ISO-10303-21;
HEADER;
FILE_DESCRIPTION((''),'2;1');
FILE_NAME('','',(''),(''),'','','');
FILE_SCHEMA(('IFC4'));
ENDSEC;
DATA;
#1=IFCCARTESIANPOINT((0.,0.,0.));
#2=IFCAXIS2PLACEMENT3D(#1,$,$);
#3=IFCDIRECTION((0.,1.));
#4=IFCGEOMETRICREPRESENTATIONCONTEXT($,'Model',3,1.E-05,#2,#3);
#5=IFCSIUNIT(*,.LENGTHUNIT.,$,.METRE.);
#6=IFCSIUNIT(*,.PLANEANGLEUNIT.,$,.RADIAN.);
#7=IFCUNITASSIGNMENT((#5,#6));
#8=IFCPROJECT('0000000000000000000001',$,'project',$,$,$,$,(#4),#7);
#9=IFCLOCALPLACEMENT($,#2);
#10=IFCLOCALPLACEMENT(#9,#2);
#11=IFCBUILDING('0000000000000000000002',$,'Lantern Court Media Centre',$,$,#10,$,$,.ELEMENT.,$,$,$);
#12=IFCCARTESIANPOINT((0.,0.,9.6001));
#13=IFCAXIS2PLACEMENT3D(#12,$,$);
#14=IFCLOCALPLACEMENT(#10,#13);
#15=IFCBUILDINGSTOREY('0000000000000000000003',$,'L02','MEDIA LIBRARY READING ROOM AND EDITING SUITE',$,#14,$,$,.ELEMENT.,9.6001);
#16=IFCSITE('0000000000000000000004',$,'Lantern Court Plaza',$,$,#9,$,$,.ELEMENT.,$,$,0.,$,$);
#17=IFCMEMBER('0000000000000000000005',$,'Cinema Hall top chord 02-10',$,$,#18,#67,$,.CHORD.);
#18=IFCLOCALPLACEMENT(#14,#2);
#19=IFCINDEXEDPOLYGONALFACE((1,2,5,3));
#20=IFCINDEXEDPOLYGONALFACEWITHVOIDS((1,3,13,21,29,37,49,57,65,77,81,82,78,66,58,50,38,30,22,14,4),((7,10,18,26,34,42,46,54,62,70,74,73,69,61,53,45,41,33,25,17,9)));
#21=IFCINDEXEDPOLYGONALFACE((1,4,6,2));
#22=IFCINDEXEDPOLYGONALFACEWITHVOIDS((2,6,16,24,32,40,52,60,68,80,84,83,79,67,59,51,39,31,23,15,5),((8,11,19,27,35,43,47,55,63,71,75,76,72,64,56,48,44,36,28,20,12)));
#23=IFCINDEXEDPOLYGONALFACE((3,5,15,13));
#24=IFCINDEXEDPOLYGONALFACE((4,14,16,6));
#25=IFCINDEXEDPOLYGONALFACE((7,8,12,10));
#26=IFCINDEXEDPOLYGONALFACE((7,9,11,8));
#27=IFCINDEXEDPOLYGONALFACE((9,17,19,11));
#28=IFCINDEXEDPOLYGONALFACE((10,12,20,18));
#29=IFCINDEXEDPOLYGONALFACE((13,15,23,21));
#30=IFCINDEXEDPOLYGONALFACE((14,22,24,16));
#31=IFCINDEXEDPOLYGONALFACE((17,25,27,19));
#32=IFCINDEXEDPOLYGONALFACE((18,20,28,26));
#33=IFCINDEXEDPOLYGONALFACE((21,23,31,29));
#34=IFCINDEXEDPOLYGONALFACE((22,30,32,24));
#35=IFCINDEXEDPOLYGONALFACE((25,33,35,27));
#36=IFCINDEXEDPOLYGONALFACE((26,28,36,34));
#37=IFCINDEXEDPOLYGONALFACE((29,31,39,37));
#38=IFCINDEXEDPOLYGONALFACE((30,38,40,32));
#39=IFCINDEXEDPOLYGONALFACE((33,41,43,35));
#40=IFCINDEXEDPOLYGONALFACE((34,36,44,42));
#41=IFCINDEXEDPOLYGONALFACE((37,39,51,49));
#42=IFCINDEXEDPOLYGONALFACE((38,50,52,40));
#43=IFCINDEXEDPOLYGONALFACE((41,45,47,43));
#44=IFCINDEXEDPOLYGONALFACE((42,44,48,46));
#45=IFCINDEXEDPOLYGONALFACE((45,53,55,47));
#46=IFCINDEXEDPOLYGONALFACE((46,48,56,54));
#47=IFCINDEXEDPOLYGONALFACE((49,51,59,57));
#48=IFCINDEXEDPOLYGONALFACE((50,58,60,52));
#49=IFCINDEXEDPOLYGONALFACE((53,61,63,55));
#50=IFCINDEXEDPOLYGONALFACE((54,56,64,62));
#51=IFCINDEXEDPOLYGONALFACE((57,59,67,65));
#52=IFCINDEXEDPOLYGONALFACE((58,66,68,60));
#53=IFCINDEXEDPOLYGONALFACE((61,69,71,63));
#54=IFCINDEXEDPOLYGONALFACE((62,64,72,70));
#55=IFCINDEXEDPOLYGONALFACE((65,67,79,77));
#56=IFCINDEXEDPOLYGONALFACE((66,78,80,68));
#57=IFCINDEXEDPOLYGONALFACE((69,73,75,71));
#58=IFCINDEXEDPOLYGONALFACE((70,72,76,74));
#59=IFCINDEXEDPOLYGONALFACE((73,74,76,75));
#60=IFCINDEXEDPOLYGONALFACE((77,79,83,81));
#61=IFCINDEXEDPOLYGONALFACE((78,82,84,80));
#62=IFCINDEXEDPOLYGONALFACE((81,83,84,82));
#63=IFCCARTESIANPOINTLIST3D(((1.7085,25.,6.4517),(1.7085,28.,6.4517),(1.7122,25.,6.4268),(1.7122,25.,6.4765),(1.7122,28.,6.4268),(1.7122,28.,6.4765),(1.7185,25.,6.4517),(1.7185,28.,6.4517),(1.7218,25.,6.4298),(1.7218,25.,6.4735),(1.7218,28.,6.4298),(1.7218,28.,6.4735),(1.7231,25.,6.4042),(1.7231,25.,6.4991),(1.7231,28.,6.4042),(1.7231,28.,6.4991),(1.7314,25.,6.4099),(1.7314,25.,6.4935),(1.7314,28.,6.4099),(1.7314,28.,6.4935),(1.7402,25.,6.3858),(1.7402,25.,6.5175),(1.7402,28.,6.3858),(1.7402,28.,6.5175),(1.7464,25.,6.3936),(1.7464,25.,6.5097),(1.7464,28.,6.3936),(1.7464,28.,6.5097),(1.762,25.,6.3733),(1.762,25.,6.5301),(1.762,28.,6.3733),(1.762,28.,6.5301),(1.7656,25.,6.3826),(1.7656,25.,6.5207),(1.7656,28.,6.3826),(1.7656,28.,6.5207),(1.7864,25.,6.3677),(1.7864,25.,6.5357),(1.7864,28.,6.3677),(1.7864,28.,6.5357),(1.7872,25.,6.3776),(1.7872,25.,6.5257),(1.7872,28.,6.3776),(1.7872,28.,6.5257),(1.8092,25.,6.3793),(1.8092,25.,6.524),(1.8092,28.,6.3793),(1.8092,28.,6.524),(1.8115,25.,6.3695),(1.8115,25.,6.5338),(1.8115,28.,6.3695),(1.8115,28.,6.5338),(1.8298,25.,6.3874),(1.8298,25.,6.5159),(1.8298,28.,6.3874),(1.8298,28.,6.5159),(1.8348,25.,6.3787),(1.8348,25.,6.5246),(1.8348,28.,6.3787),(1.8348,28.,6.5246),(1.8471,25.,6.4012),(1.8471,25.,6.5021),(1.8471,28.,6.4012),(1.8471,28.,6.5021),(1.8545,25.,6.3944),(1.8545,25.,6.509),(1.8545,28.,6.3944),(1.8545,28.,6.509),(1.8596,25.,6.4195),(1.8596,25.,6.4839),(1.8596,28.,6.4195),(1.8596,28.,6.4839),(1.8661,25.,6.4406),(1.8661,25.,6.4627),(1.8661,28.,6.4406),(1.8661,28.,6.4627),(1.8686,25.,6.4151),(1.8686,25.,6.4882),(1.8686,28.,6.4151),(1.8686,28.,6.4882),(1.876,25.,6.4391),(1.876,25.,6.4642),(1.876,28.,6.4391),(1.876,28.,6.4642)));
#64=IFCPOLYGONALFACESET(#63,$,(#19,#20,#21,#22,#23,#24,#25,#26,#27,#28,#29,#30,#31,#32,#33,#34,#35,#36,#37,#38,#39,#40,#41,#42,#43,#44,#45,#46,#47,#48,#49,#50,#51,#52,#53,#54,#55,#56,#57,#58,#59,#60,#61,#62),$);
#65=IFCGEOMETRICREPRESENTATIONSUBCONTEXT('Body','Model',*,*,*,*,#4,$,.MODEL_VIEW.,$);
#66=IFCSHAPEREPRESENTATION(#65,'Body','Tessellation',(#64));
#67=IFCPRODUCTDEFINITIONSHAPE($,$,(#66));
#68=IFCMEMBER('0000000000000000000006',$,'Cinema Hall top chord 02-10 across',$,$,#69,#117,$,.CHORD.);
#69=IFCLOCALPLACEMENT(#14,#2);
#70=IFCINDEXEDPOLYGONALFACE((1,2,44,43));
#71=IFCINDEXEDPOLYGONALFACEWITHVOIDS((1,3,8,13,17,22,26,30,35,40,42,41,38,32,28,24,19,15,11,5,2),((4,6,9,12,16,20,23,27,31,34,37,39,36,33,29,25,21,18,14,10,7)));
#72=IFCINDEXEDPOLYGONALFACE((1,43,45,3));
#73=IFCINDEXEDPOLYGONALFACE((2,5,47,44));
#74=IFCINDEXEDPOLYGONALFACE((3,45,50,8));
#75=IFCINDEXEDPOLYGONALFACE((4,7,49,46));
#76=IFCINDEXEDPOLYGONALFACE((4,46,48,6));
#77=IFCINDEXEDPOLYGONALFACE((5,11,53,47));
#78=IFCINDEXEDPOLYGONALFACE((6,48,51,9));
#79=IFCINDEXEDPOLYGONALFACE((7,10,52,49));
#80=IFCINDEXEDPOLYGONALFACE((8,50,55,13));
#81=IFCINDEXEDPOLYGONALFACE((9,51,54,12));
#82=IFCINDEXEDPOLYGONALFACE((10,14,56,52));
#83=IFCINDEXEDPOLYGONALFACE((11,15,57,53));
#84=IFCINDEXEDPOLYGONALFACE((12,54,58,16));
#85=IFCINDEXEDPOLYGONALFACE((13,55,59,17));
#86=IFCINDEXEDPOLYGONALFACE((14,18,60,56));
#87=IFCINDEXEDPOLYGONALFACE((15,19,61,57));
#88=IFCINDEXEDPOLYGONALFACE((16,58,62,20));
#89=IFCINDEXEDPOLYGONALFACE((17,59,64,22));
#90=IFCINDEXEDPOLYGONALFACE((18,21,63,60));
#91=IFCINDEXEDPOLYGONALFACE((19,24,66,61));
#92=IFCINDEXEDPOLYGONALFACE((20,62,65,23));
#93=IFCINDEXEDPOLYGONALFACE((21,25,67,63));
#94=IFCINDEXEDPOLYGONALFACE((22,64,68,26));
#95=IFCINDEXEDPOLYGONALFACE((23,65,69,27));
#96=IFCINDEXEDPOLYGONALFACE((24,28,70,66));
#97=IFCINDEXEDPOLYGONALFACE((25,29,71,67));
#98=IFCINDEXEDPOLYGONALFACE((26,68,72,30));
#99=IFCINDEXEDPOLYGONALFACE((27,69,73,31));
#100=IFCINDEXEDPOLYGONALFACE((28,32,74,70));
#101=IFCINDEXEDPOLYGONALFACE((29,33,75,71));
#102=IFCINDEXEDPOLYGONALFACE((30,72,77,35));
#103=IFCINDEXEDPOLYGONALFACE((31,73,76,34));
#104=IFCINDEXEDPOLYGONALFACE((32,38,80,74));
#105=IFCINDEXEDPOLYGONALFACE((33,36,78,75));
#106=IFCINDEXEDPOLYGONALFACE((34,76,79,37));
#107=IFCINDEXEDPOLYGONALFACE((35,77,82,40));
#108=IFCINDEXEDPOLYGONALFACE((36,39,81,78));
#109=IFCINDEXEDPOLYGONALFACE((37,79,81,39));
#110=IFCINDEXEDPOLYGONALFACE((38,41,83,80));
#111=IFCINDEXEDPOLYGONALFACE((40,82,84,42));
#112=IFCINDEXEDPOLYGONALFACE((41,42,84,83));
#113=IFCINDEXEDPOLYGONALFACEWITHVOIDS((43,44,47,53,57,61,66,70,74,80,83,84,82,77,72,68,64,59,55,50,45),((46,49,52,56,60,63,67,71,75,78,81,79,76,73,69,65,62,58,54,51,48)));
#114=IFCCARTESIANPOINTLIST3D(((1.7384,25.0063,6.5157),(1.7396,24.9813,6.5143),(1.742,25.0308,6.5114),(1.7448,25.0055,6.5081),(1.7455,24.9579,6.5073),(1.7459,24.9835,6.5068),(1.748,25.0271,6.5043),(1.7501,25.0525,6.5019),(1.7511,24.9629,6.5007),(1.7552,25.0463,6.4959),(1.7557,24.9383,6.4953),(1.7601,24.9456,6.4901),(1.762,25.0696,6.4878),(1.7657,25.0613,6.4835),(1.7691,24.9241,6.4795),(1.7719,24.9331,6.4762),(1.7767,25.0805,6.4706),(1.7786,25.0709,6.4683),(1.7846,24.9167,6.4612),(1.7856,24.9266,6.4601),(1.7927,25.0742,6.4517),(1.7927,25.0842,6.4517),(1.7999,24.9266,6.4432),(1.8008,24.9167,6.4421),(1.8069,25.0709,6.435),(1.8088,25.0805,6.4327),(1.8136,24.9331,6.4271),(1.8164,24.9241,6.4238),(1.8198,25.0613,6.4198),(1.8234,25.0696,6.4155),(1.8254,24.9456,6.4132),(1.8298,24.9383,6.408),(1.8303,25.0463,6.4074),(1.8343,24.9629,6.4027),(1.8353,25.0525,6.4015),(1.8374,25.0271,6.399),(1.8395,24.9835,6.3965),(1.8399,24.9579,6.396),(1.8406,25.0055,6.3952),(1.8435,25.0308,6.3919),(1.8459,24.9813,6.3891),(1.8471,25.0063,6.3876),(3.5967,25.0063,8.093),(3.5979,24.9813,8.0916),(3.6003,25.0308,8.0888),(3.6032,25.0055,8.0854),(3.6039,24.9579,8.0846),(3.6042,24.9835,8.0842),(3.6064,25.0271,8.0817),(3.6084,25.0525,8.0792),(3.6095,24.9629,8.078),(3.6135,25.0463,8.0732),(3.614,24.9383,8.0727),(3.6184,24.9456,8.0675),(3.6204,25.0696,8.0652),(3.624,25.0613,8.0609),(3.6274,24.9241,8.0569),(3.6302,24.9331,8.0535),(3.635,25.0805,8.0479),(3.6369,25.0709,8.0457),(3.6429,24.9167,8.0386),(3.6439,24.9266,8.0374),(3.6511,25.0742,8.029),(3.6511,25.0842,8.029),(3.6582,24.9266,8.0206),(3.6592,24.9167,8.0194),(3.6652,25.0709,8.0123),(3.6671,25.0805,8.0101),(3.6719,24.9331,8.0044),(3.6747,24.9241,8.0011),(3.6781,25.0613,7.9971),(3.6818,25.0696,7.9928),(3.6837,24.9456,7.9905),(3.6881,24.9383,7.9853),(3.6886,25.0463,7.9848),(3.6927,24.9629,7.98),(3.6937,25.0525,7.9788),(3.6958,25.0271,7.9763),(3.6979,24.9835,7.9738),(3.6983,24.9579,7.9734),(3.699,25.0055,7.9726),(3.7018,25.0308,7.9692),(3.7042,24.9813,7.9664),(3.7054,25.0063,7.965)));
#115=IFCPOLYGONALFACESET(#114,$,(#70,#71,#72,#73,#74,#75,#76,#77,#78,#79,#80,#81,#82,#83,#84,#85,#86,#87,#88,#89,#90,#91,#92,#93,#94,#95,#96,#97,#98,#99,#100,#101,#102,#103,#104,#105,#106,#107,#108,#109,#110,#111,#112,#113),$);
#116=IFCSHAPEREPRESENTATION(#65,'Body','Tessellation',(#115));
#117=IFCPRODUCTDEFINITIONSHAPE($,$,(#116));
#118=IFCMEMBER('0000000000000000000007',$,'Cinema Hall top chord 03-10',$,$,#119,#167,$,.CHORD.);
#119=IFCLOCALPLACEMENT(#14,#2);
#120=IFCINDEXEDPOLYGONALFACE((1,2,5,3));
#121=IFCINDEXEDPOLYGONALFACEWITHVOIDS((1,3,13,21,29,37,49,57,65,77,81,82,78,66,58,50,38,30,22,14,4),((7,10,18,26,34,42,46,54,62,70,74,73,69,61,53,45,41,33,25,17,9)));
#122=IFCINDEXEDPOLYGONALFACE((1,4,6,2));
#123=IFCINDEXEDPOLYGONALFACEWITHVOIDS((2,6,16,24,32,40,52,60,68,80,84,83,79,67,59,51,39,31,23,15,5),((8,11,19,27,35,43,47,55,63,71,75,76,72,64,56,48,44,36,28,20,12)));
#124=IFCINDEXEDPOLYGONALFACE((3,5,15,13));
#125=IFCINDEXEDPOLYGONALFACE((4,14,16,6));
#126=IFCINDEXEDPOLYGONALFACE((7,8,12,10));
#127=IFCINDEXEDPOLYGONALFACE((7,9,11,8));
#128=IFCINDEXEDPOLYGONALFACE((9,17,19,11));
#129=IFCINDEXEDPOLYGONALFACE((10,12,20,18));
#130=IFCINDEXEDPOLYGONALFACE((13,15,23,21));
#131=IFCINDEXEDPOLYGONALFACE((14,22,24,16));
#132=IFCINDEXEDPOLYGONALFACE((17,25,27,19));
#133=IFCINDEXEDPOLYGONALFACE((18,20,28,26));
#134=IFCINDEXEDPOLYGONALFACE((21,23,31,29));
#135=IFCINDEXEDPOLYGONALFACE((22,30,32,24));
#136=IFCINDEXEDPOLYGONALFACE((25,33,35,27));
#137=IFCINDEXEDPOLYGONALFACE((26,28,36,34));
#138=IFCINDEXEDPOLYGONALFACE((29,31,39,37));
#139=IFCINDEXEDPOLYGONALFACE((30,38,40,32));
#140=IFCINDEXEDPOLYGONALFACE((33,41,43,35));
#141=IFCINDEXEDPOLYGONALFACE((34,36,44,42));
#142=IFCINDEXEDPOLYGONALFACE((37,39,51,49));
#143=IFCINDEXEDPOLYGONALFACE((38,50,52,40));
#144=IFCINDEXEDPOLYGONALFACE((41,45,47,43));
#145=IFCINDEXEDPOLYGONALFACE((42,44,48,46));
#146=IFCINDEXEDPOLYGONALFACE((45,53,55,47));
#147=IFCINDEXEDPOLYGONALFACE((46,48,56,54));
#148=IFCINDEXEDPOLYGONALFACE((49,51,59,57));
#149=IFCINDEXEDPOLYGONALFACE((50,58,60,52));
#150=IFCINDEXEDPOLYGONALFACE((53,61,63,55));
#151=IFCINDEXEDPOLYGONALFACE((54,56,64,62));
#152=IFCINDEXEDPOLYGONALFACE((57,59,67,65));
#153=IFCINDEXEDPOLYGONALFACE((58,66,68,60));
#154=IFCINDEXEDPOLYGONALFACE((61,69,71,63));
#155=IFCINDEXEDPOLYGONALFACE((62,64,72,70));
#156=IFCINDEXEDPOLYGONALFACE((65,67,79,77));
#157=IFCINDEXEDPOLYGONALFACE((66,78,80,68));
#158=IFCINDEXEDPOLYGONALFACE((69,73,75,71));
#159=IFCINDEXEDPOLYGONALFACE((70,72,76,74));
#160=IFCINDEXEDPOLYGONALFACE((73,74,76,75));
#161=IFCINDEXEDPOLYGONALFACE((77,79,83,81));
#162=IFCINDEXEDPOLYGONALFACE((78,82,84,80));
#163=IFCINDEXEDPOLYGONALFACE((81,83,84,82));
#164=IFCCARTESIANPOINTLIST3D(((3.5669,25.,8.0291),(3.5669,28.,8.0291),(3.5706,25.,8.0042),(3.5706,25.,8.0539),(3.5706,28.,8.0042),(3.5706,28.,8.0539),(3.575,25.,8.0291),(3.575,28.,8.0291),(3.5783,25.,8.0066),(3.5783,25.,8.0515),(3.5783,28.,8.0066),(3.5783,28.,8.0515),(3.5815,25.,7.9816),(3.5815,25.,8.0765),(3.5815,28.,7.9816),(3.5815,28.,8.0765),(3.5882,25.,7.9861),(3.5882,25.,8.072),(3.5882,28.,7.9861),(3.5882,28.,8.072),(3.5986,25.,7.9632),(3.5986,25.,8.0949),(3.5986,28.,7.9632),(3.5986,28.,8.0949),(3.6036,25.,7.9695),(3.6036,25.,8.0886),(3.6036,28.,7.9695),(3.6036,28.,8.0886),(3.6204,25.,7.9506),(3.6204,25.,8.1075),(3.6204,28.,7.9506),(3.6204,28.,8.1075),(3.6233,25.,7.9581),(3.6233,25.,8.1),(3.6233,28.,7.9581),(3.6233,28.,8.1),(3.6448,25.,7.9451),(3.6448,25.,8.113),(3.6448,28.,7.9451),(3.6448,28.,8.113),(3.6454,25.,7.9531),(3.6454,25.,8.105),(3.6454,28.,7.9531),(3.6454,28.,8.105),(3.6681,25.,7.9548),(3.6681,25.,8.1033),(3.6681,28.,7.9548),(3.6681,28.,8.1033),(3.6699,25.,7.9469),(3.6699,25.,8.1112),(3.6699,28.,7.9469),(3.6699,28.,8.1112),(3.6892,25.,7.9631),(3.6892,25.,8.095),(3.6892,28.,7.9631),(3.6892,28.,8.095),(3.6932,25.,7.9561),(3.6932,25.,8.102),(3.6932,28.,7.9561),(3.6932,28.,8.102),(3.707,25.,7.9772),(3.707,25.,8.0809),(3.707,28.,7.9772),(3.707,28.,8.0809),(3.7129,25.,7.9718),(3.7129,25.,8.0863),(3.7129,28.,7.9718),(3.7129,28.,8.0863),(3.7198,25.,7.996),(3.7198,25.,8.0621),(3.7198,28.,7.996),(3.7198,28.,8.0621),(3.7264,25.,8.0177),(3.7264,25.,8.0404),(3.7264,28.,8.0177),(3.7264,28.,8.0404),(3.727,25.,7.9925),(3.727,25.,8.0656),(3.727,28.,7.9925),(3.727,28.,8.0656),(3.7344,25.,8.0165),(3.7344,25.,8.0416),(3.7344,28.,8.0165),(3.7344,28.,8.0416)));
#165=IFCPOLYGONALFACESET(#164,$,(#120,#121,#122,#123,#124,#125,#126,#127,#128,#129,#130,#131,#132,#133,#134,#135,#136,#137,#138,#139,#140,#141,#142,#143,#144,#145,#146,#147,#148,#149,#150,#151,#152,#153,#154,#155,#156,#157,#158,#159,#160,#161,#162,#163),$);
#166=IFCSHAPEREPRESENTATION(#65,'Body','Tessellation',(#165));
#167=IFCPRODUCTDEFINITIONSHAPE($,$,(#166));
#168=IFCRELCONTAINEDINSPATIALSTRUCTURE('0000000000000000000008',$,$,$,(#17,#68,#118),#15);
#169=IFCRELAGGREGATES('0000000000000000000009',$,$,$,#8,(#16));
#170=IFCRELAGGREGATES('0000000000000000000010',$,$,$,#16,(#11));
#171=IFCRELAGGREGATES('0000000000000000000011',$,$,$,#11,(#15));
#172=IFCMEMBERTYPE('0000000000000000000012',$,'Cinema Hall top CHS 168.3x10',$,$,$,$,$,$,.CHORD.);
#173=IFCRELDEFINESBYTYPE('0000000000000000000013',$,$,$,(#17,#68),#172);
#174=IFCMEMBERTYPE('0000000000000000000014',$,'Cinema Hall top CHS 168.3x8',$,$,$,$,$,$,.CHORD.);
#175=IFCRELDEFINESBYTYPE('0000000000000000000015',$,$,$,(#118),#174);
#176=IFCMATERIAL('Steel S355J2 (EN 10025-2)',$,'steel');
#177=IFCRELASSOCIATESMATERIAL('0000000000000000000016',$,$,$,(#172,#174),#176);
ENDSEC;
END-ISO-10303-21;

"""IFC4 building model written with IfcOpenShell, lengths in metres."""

from ifc_helpers import new_model, si_unit, direction, frame, origin, origin_2d, place, context, subcontext, project, spatial, hollow_circle, extrude, material, material_profile, profile_set, type_object, element, save


model = new_model("IFC4")

# Units and contexts
model_context = context("Model", 3, precision=1e-05, world=origin(), true_north=direction((0.0, 1.0)))
body_context = subcontext(model_context, "Body", "Model", "MODEL_VIEW")
ifc_project = project(units=[si_unit("LENGTHUNIT", "METRE"), si_unit("PLANEANGLEUNIT", "RADIAN")], contexts=[model_context])

# Site, building, storey
site_placement = place(None, origin())
site = spatial("IfcSite", under=ifc_project, at=site_placement, Name="Lantern Court Plaza", CompositionType="ELEMENT", RefElevation=0.0)
building_placement = place(site_placement, origin())
building = spatial("IfcBuilding", under=site, at=building_placement, Name="Lantern Court Media Centre", CompositionType="ELEMENT")
storey_placement = place(building_placement, frame((0.0, 0.0, 9.6001)))
storey = spatial("IfcBuildingStorey", under=building, at=storey_placement, Name="L02", Description="MEDIA LIBRARY READING ROOM AND EDITING SUITE", CompositionType="ELEMENT", Elevation=9.6001)

# Members
ifc_material = material(Name="Steel S355J2 (EN 10025-2)", Category="steel")
ifc_material_profile_1 = material_profile(ifc_material, hollow_circle(Radius=0.0842, WallThickness=0.01, at=origin_2d()), Name="Cinema Hall top CHS 168.3x10")
ifc_profile_set_1 = profile_set([ifc_material_profile_1], Name="Steel S355J2 (EN 10025-2)")
member_type_1 = type_object("IfcMemberType", Name="Cinema Hall top CHS 168.3x10", PredefinedType="CHORD", material=ifc_profile_set_1)
member_1_placement = place(storey_placement, frame((1.7927, 25.0, 6.4517), z_axis=(0.0, 1.0, 0.0), x_axis=(-1.0, 0.0, 0.0)))
element("IfcMember", 1, at=member_1_placement, inside=storey, type_object=member_type_1, Name="Cinema Hall top chord 02-10", PredefinedType="CHORD", context=body_context, shape_type="SweptSolid", body=[
    extrude(hollow_circle(Radius=0.0842, WallThickness=0.01, at=origin_2d()), origin(), (0.0, 0.0, 1.0), 3.0),
])
member_2_placement = place(storey_placement, frame((1.7927, 25.0, 6.4517), z_axis=(0.762394, 0.0, 0.647113), x_axis=(0.0, 1.0, 0.0)))
element("IfcMember", 2, at=member_2_placement, inside=storey, type_object=member_type_1, Name="Cinema Hall top chord 02-10 across", PredefinedType="CHORD", context=body_context, shape_type="SweptSolid", body=[
    extrude(hollow_circle(Radius=0.0842, WallThickness=0.01, at=origin_2d()), origin(), (0.0, 0.0, 1.0), 2.4375),
])
ifc_material_profile_2 = material_profile(ifc_material, hollow_circle(Radius=0.0842, WallThickness=0.0081, at=origin_2d()), Name="Cinema Hall top CHS 168.3x8")
ifc_profile_set_2 = profile_set([ifc_material_profile_2], Name="Steel S355J2 (EN 10025-2)")
member_type_2 = type_object("IfcMemberType", Name="Cinema Hall top CHS 168.3x8", PredefinedType="CHORD", material=ifc_profile_set_2)
member_3_placement = place(storey_placement, frame((3.6511, 25.0, 8.0291), z_axis=(0.0, 1.0, 0.0), x_axis=(-1.0, 0.0, 0.0)))
element("IfcMember", 3, at=member_3_placement, inside=storey, type_object=member_type_2, Name="Cinema Hall top chord 03-10", PredefinedType="CHORD", context=body_context, shape_type="SweptSolid", body=[
    extrude(hollow_circle(Radius=0.0842, WallThickness=0.0081, at=origin_2d()), origin(), (0.0, 0.0, 1.0), 3.0),
])

save(model, "model.ifc")
